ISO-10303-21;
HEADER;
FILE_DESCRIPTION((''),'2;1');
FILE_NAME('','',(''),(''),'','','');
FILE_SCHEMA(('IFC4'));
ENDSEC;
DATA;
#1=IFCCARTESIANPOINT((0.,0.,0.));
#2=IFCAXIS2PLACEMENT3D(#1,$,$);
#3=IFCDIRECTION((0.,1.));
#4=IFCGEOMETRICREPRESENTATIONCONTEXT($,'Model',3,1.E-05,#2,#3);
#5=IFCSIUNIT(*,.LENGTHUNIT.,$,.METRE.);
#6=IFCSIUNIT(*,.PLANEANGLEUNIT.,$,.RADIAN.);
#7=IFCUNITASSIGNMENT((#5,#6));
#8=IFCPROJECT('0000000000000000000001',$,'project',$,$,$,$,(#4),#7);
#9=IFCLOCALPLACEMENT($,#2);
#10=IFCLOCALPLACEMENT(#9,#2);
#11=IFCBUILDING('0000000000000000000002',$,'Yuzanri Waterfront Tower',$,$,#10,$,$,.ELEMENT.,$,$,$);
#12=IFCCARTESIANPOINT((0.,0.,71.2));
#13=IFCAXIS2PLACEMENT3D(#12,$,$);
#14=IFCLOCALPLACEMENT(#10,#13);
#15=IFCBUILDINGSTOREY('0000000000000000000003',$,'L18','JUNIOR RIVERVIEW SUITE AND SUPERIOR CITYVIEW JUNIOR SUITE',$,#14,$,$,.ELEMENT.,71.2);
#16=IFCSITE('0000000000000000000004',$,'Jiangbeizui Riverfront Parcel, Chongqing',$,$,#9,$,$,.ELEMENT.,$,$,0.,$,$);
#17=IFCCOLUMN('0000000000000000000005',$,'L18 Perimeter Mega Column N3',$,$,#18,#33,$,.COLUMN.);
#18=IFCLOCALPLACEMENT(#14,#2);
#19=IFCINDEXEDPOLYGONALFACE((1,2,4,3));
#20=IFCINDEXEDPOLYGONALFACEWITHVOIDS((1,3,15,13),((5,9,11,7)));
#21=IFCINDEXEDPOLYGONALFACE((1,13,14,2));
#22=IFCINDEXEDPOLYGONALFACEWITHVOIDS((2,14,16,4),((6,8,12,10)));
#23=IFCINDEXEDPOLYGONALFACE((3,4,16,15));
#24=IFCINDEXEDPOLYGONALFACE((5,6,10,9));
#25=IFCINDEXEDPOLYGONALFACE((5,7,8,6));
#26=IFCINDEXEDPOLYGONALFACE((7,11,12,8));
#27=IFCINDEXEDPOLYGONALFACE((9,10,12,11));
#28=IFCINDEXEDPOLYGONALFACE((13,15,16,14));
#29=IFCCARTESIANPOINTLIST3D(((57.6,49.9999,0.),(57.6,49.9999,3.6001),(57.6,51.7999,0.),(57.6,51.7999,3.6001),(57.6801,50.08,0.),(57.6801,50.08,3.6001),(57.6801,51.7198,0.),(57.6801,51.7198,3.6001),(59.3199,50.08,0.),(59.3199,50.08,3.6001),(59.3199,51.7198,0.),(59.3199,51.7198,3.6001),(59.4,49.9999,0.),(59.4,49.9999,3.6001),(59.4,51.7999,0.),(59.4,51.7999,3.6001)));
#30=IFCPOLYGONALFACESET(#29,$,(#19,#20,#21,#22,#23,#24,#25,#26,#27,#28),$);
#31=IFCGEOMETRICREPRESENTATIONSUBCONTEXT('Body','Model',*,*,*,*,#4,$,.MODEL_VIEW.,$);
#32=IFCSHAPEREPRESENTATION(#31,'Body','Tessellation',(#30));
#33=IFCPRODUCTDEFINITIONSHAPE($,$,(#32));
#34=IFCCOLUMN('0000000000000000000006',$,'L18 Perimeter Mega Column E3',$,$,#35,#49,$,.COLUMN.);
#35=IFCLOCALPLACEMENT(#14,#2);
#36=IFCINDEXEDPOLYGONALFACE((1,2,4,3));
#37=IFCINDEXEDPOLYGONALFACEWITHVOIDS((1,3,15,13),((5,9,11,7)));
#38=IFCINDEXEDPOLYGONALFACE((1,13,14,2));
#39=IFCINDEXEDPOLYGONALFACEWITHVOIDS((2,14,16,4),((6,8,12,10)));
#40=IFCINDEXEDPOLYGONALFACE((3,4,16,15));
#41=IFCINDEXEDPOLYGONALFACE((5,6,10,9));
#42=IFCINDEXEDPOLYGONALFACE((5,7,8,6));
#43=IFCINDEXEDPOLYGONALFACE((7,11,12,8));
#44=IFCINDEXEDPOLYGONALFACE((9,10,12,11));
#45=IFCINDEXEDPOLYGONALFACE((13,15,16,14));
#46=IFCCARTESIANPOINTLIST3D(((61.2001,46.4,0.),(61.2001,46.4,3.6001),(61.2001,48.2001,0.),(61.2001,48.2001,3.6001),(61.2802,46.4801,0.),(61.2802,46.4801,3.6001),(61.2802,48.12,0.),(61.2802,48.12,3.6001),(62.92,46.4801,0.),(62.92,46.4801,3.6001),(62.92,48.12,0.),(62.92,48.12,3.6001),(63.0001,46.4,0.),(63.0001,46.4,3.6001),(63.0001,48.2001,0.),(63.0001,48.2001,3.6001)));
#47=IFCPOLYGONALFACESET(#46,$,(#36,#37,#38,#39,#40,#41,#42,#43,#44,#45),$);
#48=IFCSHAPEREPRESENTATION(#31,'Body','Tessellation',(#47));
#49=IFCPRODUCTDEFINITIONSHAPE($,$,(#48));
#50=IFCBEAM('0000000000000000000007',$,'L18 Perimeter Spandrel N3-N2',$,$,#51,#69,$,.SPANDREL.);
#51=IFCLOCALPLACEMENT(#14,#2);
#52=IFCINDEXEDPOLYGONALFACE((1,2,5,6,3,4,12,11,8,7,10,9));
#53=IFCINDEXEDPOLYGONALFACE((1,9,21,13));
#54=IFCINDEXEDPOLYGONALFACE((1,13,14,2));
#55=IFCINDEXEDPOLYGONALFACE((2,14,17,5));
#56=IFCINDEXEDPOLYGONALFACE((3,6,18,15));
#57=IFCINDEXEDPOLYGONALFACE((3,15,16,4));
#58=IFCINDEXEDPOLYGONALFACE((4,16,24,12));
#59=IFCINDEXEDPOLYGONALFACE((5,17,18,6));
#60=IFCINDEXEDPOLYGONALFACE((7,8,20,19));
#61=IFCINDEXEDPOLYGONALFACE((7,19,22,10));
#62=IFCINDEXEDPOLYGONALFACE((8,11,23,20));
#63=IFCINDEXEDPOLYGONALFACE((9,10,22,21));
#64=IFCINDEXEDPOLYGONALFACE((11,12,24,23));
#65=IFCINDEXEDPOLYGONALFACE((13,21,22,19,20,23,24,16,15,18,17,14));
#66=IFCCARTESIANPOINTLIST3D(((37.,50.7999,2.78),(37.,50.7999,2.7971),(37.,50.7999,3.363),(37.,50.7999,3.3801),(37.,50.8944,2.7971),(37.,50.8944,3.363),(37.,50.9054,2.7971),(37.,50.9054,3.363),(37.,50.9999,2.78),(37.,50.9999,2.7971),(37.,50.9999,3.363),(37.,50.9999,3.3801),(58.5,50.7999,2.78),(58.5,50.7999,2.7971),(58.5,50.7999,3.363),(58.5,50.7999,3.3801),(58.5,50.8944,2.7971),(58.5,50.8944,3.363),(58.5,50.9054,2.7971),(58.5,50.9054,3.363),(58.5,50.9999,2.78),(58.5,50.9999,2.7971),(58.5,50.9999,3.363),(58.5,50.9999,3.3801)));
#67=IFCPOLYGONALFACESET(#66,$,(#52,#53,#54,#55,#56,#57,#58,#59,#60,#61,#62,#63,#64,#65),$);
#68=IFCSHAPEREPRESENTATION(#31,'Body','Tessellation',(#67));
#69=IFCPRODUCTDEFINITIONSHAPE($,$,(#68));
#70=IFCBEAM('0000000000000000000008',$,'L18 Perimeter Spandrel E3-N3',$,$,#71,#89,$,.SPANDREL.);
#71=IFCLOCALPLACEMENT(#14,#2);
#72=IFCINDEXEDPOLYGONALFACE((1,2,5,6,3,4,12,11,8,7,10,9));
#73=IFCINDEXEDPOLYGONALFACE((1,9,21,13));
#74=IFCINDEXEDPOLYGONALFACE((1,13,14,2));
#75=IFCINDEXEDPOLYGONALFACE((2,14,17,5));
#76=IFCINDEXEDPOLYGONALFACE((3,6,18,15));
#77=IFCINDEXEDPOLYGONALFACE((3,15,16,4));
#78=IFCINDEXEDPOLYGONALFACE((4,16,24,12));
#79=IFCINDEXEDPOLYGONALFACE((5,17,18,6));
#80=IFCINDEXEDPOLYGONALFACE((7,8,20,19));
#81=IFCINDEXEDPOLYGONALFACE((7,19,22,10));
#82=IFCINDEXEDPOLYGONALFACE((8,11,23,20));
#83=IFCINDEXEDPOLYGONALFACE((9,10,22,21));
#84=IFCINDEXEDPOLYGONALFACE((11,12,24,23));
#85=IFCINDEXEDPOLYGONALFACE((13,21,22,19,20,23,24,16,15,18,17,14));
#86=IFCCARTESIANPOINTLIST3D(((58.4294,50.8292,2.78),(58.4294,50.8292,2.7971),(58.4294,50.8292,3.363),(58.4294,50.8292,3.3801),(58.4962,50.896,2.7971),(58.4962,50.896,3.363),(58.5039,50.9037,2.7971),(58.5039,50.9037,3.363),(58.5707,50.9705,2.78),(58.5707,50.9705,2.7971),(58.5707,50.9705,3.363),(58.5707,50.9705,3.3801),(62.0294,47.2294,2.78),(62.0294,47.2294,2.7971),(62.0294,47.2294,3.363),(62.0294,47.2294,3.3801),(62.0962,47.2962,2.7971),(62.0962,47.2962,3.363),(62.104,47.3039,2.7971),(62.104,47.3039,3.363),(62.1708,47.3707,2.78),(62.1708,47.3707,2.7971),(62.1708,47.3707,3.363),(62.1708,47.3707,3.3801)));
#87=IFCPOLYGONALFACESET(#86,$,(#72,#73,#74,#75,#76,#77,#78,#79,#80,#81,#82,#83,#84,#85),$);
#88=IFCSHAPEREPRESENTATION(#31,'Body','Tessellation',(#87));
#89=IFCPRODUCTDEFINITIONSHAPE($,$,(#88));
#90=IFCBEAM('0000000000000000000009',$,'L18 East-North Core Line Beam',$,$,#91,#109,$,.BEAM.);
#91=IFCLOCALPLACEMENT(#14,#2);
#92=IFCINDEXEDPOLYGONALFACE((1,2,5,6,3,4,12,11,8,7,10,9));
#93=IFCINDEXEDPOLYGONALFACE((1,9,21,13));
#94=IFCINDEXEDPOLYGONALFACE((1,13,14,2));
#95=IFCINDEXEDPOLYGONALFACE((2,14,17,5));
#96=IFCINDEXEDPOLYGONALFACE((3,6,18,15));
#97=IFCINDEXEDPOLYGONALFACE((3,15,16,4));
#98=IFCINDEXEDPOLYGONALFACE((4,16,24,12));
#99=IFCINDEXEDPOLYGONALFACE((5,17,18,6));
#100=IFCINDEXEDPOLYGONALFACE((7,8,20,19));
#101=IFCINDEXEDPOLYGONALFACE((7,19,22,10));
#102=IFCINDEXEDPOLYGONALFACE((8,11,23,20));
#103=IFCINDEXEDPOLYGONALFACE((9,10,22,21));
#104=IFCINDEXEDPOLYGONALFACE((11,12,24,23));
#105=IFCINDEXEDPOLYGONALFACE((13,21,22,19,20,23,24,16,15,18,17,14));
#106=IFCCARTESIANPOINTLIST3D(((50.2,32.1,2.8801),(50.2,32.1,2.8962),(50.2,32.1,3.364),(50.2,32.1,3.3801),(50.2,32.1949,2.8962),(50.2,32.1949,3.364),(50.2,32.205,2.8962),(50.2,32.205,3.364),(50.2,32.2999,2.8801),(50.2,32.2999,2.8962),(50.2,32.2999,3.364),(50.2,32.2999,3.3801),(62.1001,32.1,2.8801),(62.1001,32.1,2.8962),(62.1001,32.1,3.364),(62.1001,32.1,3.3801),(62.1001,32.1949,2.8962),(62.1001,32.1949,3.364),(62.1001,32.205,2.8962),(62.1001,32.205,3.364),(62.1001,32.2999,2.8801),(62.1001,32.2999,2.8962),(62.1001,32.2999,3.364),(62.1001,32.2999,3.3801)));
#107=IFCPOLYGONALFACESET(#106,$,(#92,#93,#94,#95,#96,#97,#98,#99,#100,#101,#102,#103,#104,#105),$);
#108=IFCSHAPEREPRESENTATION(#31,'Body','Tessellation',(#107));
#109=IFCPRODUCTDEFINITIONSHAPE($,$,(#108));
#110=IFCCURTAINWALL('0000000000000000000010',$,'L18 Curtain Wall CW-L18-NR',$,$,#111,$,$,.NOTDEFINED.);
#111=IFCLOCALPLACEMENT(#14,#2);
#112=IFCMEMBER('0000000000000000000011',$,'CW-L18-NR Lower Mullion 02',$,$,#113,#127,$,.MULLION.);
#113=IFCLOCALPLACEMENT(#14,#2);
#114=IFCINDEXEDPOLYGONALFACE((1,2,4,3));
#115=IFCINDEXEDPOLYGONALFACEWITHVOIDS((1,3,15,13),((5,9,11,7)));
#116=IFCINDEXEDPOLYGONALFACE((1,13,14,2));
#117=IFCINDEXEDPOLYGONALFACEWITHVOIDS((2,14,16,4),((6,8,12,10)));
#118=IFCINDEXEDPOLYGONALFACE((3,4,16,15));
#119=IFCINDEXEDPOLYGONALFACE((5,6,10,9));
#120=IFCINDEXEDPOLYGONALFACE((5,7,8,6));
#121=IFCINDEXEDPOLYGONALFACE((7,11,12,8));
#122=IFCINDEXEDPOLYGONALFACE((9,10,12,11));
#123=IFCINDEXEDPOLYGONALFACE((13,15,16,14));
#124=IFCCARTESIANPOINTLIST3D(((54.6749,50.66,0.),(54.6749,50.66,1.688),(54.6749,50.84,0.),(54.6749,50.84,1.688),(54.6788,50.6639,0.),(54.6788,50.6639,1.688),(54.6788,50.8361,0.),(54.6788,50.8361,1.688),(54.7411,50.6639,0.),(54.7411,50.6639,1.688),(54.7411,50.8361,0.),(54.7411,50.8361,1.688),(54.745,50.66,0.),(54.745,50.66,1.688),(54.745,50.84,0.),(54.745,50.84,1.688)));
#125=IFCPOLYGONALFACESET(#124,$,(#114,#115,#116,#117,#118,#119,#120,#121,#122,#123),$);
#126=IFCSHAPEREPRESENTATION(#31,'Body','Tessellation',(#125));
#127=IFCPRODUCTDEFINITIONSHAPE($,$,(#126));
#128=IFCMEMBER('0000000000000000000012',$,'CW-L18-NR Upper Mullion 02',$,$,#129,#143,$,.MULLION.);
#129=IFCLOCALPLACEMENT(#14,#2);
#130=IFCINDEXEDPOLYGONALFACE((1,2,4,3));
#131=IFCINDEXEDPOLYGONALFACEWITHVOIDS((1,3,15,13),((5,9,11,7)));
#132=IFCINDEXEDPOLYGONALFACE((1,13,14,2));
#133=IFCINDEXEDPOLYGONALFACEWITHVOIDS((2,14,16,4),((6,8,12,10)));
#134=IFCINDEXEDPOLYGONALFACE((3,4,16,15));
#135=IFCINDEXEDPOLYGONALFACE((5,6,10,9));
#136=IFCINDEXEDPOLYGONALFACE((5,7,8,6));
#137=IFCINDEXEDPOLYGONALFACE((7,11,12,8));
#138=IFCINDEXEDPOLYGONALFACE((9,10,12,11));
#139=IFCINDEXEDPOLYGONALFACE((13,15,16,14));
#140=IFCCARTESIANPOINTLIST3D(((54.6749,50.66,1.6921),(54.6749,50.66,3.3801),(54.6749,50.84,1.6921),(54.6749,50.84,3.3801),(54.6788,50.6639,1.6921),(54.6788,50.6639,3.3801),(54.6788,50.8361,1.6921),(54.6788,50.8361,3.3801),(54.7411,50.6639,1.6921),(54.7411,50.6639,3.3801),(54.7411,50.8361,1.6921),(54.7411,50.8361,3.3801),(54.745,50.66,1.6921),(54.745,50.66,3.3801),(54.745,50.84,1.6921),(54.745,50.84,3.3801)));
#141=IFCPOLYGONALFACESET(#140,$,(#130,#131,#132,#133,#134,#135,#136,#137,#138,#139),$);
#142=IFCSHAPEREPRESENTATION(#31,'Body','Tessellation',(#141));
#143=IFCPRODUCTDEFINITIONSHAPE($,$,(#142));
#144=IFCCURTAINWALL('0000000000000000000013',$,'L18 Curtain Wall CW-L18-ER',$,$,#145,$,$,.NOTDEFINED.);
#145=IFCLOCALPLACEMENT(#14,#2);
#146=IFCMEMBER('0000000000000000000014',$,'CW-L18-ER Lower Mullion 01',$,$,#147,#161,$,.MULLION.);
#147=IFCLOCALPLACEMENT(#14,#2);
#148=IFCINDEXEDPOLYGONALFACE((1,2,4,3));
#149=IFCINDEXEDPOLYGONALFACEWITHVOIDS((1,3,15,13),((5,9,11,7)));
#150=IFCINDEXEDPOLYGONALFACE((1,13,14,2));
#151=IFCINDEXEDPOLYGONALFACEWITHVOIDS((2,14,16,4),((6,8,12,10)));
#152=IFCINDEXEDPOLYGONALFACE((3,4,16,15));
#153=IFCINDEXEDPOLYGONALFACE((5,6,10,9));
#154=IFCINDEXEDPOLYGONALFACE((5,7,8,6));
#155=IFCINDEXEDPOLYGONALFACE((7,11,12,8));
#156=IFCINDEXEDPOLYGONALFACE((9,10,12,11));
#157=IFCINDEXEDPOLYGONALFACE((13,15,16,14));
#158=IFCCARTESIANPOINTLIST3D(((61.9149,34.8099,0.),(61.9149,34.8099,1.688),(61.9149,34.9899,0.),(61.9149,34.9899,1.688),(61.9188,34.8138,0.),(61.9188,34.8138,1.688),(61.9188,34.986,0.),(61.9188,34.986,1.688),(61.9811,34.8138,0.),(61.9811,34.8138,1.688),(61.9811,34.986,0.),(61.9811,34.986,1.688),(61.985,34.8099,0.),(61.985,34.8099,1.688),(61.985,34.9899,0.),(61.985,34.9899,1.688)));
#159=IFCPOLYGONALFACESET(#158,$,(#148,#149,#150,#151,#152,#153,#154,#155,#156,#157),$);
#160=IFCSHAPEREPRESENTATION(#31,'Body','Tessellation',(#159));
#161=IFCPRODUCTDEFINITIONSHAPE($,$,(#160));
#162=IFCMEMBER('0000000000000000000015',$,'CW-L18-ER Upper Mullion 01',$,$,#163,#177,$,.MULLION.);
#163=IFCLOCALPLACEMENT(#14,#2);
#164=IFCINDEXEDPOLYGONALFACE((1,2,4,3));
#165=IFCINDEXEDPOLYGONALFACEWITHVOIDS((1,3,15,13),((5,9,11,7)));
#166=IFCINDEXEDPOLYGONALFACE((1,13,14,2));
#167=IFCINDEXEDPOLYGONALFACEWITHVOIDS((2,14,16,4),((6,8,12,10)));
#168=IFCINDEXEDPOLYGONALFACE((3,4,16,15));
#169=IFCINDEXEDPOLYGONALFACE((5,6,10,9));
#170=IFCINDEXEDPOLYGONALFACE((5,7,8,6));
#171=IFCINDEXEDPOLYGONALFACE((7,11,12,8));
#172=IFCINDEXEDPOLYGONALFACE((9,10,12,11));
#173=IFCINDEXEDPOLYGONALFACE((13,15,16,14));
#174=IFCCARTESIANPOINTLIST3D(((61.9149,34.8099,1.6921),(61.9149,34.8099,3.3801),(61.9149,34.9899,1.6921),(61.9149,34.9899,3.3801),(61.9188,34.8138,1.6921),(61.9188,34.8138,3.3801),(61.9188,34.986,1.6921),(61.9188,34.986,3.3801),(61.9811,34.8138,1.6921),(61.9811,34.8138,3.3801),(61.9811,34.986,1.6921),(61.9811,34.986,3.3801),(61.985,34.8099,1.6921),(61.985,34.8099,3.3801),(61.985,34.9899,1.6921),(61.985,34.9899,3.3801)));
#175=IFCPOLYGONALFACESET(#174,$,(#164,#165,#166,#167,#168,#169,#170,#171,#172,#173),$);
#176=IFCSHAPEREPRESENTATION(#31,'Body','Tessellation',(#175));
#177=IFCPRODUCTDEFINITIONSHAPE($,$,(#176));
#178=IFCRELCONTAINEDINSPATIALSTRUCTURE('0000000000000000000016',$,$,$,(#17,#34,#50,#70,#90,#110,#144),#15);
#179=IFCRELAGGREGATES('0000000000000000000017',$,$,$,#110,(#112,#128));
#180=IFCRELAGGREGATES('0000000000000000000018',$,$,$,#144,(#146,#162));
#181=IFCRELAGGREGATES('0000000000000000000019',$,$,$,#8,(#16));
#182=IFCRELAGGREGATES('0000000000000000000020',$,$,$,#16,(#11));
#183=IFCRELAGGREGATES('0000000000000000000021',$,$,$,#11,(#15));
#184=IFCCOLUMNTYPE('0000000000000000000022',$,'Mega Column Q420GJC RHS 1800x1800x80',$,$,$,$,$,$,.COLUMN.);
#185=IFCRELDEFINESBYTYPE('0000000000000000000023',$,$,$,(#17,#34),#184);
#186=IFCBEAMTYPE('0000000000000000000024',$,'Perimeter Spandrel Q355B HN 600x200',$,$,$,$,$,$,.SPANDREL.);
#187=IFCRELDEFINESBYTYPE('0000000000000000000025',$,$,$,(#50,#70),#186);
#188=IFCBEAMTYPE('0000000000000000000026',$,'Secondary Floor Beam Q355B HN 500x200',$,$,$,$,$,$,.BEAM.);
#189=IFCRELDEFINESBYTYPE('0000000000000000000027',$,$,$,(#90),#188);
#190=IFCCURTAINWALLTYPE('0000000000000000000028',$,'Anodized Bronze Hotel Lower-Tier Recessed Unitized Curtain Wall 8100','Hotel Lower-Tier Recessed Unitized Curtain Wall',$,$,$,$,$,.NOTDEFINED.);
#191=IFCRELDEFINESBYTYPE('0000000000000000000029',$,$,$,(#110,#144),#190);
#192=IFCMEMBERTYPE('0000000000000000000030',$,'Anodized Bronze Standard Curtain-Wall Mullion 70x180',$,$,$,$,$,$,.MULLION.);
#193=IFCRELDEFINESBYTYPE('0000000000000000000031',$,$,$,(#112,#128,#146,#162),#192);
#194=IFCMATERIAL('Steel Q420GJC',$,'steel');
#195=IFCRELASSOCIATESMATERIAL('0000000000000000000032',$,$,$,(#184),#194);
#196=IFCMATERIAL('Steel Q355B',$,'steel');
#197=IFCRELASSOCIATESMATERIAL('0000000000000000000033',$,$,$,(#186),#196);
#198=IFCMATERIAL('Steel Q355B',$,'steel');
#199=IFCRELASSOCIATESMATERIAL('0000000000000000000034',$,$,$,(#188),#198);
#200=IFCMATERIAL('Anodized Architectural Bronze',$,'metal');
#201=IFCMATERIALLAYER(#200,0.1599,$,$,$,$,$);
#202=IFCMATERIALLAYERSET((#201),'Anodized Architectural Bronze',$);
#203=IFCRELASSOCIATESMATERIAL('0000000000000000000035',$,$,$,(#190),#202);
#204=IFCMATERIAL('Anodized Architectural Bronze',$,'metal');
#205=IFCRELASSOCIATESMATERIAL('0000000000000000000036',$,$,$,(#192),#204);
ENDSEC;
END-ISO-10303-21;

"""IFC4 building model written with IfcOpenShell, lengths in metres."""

from ifc_helpers import new_model, si_unit, direction, frame, origin, origin_2d, place, context, subcontext, project, spatial, hollow_rectangle, i_section, extrude, source, transform, mapped, material, layer, layer_set, material_profile, profile_set, type_object, element, aggregate, save


model = new_model("IFC4")

# Units and contexts
model_context = context("Model", 3, precision=1e-05, world=origin(), true_north=direction((0.0, 1.0)))
body_context = subcontext(model_context, "Body", "Model", "MODEL_VIEW")
ifc_project = project(units=[si_unit("LENGTHUNIT", "METRE"), si_unit("PLANEANGLEUNIT", "RADIAN")], contexts=[model_context])

# Site, building, storey
site_placement = place(None, origin())
site = spatial("IfcSite", under=ifc_project, at=site_placement, Name="Jiangbeizui Riverfront Parcel, Chongqing", CompositionType="ELEMENT", RefElevation=0.0)
building_placement = place(site_placement, origin())
building = spatial("IfcBuilding", under=site, at=building_placement, Name="Yuzanri Waterfront Tower", CompositionType="ELEMENT")
storey_placement = place(building_placement, frame((0.0, 0.0, 71.2)))
storey = spatial("IfcBuildingStorey", under=building, at=storey_placement, Name="L18", Description="JUNIOR RIVERVIEW SUITE AND SUPERIOR CITYVIEW JUNIOR SUITE", CompositionType="ELEMENT", Elevation=71.2)

# Columns
ifc_material_1 = material(Name="Steel Q420GJC", Category="steel")
ifc_material_profile_1 = material_profile(ifc_material_1, hollow_rectangle(XDim=1.8, YDim=1.8, WallThickness=0.0801, at=origin_2d()), Name="RHS 1800x1800x80")
ifc_profile_set_1 = profile_set([ifc_material_profile_1], Name="Steel Q420GJC")
column_type = type_object("IfcColumnType", Name="Mega Column Q420GJC RHS 1800x1800x80", PredefinedType="COLUMN", material=ifc_profile_set_1)
shared_shape_1 = source(origin(), body_context, "Body", "SweptSolid", [
    extrude(hollow_rectangle(XDim=1.8, YDim=1.8, WallThickness=0.0801, at=origin_2d()), origin(), (0.0, 0.0, 1.0), 3.6001),
])
for number, where, z_axis, x_axis, name in (
    (1, (58.5, 50.8999, 0.0), (0.0, 0.0, 1.0), (1.0, 0.0, 0.0), "L18 Perimeter Mega Column N3"),
    (2, (62.1001, 47.3, 0.0), (0.0, 0.0, 1.0), (1.0, 0.0, 0.0), "L18 Perimeter Mega Column E3"),
):
    element("IfcColumn", number, at=place(storey_placement, frame(where, z_axis=z_axis, x_axis=x_axis)), inside=storey, type_object=column_type, Name=name, PredefinedType="COLUMN", context=body_context, shape_type="MappedRepresentation", body=[
        mapped(shared_shape_1, transform((0.0, 0.0, 0.0), scale=1.0)),
    ])

# Beams
ifc_material_2 = material(Name="Steel Q355B", Category="steel")
ifc_material_profile_2 = material_profile(ifc_material_2, i_section(OverallWidth=0.2, OverallDepth=0.6001, WebThickness=0.011, FlangeThickness=0.0171, at=origin_2d()), Name="HN 600x200x11x17")
ifc_profile_set_2 = profile_set([ifc_material_profile_2], Name="Steel Q355B")
beam_type_1 = type_object("IfcBeamType", Name="Perimeter Spandrel Q355B HN 600x200", PredefinedType="SPANDREL", material=ifc_profile_set_2)
shared_shape_2 = source(origin(), body_context, "Body", "SweptSolid", [
    extrude(i_section(OverallWidth=0.2, OverallDepth=0.6001, WebThickness=0.011, FlangeThickness=0.0171, at=origin_2d()), origin(), (0.0, 0.0, 1.0), 21.5),
])
beam_1_placement = place(storey_placement, frame((58.5, 50.8999, 3.0801), z_axis=(-1.0, 0.0, 0.0), x_axis=(0.0, -1.0, 0.0)))
element("IfcBeam", 3, at=beam_1_placement, inside=storey, type_object=beam_type_1, Name="L18 Perimeter Spandrel N3-N2", PredefinedType="SPANDREL", context=body_context, shape_type="MappedRepresentation", body=[
    mapped(shared_shape_2, transform((0.0, 0.0, 0.0), scale=1.0)),
])
shared_shape_3 = source(origin(), body_context, "Body", "SweptSolid", [
    extrude(i_section(OverallWidth=0.2, OverallDepth=0.6001, WebThickness=0.011, FlangeThickness=0.0171, at=origin_2d()), origin(), (0.0, 0.0, 1.0), 5.0911),
])
beam_2_placement = place(storey_placement, frame((62.1001, 47.3, 3.0801), z_axis=(-0.707131, 0.707083, 0.0), x_axis=(-0.707083, -0.707131, 0.0)))
element("IfcBeam", 4, at=beam_2_placement, inside=storey, type_object=beam_type_1, Name="L18 Perimeter Spandrel E3-N3", PredefinedType="SPANDREL", context=body_context, shape_type="MappedRepresentation", body=[
    mapped(shared_shape_3, transform((0.0, 0.0, 0.0), scale=1.0)),
])
ifc_material_3 = material(Name="Steel Q355B", Category="steel")
ifc_material_profile_3 = material_profile(ifc_material_3, i_section(OverallWidth=0.2, OverallDepth=0.5, WebThickness=0.01, FlangeThickness=0.0161, at=origin_2d()), Name="HN 500x200x10x16")
ifc_profile_set_3 = profile_set([ifc_material_profile_3], Name="Steel Q355B")
beam_type_2 = type_object("IfcBeamType", Name="Secondary Floor Beam Q355B HN 500x200", PredefinedType="BEAM", material=ifc_profile_set_3)
shared_shape_4 = source(origin(), body_context, "Body", "SweptSolid", [
    extrude(i_section(OverallWidth=0.2, OverallDepth=0.5, WebThickness=0.01, FlangeThickness=0.0161, at=origin_2d()), origin(), (0.0, 0.0, 1.0), 11.9001),
])
beam_3_placement = place(storey_placement, frame((50.2, 32.2, 3.1301), z_axis=(1.0, 0.0, 0.0), x_axis=(0.0, 1.0, 0.0)))
element("IfcBeam", 5, at=beam_3_placement, inside=storey, type_object=beam_type_2, Name="L18 East-North Core Line Beam", PredefinedType="BEAM", context=body_context, shape_type="MappedRepresentation", body=[
    mapped(shared_shape_4, transform((0.0, 0.0, 0.0), scale=1.0)),
])

# Curtain walls, members
ifc_material_4 = material(Name="Anodized Architectural Bronze", Category="metal")
ifc_layer_1 = layer(ifc_material_4, 0.1599)
ifc_layer_set_1 = layer_set([ifc_layer_1], Name="Anodized Architectural Bronze")
curtain_wall_type = type_object("IfcCurtainWallType", Name="Anodized Bronze Hotel Lower-Tier Recessed Unitized Curtain Wall 8100", Description="Hotel Lower-Tier Recessed Unitized Curtain Wall", PredefinedType="NOTDEFINED", material=ifc_layer_set_1)
curtain_wall_1_placement = place(storey_placement, origin())
curtain_wall_1 = element("IfcCurtainWall", 6, at=curtain_wall_1_placement, inside=storey, type_object=curtain_wall_type, Name="L18 Curtain Wall CW-L18-NR", PredefinedType="NOTDEFINED")
ifc_material_5 = material(Name="Anodized Architectural Bronze", Category="metal")
ifc_material_profile_4 = material_profile(ifc_material_5, hollow_rectangle(XDim=0.0701, YDim=0.1799, WallThickness=0.0039, at=origin_2d()), Name="CWM 70x180")
ifc_profile_set_4 = profile_set([ifc_material_profile_4], Name="Anodized Architectural Bronze")
member_type = type_object("IfcMemberType", Name="Anodized Bronze Standard Curtain-Wall Mullion 70x180", PredefinedType="MULLION", material=ifc_profile_set_4)
shared_shape_5 = source(origin(), body_context, "Body", "SweptSolid", [
    extrude(hollow_rectangle(XDim=0.0701, YDim=0.1799, WallThickness=0.0039, at=origin_2d()), origin(), (0.0, 0.0, 1.0), 1.688),
])
member_1_placement = place(storey_placement, frame((54.71, 50.75, 0.0), z_axis=(0.0, 0.0, 1.0), x_axis=(1.0, 0.0, 0.0)))
member_1 = element("IfcMember", 7, at=member_1_placement, type_object=member_type, Name="CW-L18-NR Lower Mullion 02", PredefinedType="MULLION", context=body_context, shape_type="MappedRepresentation", body=[
    mapped(shared_shape_5, transform((0.0, 0.0, 0.0), scale=1.0)),
])
member_2_placement = place(storey_placement, frame((54.71, 50.75, 1.6921), z_axis=(0.0, 0.0, 1.0), x_axis=(1.0, 0.0, 0.0)))
member_2 = element("IfcMember", 8, at=member_2_placement, type_object=member_type, Name="CW-L18-NR Upper Mullion 02", PredefinedType="MULLION", context=body_context, shape_type="MappedRepresentation", body=[
    mapped(shared_shape_5, transform((0.0, 0.0, 0.0), scale=1.0)),
])
curtain_wall_2_placement = place(storey_placement, origin())
curtain_wall_2 = element("IfcCurtainWall", 9, at=curtain_wall_2_placement, inside=storey, type_object=curtain_wall_type, Name="L18 Curtain Wall CW-L18-ER", PredefinedType="NOTDEFINED")
member_3_placement = place(storey_placement, frame((61.95, 34.8999, 0.0), z_axis=(0.0, 0.0, 1.0), x_axis=(1.0, 0.0, 0.0)))
member_3 = element("IfcMember", 10, at=member_3_placement, type_object=member_type, Name="CW-L18-ER Lower Mullion 01", PredefinedType="MULLION", context=body_context, shape_type="MappedRepresentation", body=[
    mapped(shared_shape_5, transform((0.0, 0.0, 0.0), scale=1.0)),
])
member_4_placement = place(storey_placement, frame((61.95, 34.8999, 1.6921), z_axis=(0.0, 0.0, 1.0), x_axis=(1.0, 0.0, 0.0)))
member_4 = element("IfcMember", 11, at=member_4_placement, type_object=member_type, Name="CW-L18-ER Upper Mullion 01", PredefinedType="MULLION", context=body_context, shape_type="MappedRepresentation", body=[
    mapped(shared_shape_5, transform((0.0, 0.0, 0.0), scale=1.0)),
])

aggregate(curtain_wall_1, [member_1, member_2])
aggregate(curtain_wall_2, [member_3, member_4])

save(model, "model.ifc")
